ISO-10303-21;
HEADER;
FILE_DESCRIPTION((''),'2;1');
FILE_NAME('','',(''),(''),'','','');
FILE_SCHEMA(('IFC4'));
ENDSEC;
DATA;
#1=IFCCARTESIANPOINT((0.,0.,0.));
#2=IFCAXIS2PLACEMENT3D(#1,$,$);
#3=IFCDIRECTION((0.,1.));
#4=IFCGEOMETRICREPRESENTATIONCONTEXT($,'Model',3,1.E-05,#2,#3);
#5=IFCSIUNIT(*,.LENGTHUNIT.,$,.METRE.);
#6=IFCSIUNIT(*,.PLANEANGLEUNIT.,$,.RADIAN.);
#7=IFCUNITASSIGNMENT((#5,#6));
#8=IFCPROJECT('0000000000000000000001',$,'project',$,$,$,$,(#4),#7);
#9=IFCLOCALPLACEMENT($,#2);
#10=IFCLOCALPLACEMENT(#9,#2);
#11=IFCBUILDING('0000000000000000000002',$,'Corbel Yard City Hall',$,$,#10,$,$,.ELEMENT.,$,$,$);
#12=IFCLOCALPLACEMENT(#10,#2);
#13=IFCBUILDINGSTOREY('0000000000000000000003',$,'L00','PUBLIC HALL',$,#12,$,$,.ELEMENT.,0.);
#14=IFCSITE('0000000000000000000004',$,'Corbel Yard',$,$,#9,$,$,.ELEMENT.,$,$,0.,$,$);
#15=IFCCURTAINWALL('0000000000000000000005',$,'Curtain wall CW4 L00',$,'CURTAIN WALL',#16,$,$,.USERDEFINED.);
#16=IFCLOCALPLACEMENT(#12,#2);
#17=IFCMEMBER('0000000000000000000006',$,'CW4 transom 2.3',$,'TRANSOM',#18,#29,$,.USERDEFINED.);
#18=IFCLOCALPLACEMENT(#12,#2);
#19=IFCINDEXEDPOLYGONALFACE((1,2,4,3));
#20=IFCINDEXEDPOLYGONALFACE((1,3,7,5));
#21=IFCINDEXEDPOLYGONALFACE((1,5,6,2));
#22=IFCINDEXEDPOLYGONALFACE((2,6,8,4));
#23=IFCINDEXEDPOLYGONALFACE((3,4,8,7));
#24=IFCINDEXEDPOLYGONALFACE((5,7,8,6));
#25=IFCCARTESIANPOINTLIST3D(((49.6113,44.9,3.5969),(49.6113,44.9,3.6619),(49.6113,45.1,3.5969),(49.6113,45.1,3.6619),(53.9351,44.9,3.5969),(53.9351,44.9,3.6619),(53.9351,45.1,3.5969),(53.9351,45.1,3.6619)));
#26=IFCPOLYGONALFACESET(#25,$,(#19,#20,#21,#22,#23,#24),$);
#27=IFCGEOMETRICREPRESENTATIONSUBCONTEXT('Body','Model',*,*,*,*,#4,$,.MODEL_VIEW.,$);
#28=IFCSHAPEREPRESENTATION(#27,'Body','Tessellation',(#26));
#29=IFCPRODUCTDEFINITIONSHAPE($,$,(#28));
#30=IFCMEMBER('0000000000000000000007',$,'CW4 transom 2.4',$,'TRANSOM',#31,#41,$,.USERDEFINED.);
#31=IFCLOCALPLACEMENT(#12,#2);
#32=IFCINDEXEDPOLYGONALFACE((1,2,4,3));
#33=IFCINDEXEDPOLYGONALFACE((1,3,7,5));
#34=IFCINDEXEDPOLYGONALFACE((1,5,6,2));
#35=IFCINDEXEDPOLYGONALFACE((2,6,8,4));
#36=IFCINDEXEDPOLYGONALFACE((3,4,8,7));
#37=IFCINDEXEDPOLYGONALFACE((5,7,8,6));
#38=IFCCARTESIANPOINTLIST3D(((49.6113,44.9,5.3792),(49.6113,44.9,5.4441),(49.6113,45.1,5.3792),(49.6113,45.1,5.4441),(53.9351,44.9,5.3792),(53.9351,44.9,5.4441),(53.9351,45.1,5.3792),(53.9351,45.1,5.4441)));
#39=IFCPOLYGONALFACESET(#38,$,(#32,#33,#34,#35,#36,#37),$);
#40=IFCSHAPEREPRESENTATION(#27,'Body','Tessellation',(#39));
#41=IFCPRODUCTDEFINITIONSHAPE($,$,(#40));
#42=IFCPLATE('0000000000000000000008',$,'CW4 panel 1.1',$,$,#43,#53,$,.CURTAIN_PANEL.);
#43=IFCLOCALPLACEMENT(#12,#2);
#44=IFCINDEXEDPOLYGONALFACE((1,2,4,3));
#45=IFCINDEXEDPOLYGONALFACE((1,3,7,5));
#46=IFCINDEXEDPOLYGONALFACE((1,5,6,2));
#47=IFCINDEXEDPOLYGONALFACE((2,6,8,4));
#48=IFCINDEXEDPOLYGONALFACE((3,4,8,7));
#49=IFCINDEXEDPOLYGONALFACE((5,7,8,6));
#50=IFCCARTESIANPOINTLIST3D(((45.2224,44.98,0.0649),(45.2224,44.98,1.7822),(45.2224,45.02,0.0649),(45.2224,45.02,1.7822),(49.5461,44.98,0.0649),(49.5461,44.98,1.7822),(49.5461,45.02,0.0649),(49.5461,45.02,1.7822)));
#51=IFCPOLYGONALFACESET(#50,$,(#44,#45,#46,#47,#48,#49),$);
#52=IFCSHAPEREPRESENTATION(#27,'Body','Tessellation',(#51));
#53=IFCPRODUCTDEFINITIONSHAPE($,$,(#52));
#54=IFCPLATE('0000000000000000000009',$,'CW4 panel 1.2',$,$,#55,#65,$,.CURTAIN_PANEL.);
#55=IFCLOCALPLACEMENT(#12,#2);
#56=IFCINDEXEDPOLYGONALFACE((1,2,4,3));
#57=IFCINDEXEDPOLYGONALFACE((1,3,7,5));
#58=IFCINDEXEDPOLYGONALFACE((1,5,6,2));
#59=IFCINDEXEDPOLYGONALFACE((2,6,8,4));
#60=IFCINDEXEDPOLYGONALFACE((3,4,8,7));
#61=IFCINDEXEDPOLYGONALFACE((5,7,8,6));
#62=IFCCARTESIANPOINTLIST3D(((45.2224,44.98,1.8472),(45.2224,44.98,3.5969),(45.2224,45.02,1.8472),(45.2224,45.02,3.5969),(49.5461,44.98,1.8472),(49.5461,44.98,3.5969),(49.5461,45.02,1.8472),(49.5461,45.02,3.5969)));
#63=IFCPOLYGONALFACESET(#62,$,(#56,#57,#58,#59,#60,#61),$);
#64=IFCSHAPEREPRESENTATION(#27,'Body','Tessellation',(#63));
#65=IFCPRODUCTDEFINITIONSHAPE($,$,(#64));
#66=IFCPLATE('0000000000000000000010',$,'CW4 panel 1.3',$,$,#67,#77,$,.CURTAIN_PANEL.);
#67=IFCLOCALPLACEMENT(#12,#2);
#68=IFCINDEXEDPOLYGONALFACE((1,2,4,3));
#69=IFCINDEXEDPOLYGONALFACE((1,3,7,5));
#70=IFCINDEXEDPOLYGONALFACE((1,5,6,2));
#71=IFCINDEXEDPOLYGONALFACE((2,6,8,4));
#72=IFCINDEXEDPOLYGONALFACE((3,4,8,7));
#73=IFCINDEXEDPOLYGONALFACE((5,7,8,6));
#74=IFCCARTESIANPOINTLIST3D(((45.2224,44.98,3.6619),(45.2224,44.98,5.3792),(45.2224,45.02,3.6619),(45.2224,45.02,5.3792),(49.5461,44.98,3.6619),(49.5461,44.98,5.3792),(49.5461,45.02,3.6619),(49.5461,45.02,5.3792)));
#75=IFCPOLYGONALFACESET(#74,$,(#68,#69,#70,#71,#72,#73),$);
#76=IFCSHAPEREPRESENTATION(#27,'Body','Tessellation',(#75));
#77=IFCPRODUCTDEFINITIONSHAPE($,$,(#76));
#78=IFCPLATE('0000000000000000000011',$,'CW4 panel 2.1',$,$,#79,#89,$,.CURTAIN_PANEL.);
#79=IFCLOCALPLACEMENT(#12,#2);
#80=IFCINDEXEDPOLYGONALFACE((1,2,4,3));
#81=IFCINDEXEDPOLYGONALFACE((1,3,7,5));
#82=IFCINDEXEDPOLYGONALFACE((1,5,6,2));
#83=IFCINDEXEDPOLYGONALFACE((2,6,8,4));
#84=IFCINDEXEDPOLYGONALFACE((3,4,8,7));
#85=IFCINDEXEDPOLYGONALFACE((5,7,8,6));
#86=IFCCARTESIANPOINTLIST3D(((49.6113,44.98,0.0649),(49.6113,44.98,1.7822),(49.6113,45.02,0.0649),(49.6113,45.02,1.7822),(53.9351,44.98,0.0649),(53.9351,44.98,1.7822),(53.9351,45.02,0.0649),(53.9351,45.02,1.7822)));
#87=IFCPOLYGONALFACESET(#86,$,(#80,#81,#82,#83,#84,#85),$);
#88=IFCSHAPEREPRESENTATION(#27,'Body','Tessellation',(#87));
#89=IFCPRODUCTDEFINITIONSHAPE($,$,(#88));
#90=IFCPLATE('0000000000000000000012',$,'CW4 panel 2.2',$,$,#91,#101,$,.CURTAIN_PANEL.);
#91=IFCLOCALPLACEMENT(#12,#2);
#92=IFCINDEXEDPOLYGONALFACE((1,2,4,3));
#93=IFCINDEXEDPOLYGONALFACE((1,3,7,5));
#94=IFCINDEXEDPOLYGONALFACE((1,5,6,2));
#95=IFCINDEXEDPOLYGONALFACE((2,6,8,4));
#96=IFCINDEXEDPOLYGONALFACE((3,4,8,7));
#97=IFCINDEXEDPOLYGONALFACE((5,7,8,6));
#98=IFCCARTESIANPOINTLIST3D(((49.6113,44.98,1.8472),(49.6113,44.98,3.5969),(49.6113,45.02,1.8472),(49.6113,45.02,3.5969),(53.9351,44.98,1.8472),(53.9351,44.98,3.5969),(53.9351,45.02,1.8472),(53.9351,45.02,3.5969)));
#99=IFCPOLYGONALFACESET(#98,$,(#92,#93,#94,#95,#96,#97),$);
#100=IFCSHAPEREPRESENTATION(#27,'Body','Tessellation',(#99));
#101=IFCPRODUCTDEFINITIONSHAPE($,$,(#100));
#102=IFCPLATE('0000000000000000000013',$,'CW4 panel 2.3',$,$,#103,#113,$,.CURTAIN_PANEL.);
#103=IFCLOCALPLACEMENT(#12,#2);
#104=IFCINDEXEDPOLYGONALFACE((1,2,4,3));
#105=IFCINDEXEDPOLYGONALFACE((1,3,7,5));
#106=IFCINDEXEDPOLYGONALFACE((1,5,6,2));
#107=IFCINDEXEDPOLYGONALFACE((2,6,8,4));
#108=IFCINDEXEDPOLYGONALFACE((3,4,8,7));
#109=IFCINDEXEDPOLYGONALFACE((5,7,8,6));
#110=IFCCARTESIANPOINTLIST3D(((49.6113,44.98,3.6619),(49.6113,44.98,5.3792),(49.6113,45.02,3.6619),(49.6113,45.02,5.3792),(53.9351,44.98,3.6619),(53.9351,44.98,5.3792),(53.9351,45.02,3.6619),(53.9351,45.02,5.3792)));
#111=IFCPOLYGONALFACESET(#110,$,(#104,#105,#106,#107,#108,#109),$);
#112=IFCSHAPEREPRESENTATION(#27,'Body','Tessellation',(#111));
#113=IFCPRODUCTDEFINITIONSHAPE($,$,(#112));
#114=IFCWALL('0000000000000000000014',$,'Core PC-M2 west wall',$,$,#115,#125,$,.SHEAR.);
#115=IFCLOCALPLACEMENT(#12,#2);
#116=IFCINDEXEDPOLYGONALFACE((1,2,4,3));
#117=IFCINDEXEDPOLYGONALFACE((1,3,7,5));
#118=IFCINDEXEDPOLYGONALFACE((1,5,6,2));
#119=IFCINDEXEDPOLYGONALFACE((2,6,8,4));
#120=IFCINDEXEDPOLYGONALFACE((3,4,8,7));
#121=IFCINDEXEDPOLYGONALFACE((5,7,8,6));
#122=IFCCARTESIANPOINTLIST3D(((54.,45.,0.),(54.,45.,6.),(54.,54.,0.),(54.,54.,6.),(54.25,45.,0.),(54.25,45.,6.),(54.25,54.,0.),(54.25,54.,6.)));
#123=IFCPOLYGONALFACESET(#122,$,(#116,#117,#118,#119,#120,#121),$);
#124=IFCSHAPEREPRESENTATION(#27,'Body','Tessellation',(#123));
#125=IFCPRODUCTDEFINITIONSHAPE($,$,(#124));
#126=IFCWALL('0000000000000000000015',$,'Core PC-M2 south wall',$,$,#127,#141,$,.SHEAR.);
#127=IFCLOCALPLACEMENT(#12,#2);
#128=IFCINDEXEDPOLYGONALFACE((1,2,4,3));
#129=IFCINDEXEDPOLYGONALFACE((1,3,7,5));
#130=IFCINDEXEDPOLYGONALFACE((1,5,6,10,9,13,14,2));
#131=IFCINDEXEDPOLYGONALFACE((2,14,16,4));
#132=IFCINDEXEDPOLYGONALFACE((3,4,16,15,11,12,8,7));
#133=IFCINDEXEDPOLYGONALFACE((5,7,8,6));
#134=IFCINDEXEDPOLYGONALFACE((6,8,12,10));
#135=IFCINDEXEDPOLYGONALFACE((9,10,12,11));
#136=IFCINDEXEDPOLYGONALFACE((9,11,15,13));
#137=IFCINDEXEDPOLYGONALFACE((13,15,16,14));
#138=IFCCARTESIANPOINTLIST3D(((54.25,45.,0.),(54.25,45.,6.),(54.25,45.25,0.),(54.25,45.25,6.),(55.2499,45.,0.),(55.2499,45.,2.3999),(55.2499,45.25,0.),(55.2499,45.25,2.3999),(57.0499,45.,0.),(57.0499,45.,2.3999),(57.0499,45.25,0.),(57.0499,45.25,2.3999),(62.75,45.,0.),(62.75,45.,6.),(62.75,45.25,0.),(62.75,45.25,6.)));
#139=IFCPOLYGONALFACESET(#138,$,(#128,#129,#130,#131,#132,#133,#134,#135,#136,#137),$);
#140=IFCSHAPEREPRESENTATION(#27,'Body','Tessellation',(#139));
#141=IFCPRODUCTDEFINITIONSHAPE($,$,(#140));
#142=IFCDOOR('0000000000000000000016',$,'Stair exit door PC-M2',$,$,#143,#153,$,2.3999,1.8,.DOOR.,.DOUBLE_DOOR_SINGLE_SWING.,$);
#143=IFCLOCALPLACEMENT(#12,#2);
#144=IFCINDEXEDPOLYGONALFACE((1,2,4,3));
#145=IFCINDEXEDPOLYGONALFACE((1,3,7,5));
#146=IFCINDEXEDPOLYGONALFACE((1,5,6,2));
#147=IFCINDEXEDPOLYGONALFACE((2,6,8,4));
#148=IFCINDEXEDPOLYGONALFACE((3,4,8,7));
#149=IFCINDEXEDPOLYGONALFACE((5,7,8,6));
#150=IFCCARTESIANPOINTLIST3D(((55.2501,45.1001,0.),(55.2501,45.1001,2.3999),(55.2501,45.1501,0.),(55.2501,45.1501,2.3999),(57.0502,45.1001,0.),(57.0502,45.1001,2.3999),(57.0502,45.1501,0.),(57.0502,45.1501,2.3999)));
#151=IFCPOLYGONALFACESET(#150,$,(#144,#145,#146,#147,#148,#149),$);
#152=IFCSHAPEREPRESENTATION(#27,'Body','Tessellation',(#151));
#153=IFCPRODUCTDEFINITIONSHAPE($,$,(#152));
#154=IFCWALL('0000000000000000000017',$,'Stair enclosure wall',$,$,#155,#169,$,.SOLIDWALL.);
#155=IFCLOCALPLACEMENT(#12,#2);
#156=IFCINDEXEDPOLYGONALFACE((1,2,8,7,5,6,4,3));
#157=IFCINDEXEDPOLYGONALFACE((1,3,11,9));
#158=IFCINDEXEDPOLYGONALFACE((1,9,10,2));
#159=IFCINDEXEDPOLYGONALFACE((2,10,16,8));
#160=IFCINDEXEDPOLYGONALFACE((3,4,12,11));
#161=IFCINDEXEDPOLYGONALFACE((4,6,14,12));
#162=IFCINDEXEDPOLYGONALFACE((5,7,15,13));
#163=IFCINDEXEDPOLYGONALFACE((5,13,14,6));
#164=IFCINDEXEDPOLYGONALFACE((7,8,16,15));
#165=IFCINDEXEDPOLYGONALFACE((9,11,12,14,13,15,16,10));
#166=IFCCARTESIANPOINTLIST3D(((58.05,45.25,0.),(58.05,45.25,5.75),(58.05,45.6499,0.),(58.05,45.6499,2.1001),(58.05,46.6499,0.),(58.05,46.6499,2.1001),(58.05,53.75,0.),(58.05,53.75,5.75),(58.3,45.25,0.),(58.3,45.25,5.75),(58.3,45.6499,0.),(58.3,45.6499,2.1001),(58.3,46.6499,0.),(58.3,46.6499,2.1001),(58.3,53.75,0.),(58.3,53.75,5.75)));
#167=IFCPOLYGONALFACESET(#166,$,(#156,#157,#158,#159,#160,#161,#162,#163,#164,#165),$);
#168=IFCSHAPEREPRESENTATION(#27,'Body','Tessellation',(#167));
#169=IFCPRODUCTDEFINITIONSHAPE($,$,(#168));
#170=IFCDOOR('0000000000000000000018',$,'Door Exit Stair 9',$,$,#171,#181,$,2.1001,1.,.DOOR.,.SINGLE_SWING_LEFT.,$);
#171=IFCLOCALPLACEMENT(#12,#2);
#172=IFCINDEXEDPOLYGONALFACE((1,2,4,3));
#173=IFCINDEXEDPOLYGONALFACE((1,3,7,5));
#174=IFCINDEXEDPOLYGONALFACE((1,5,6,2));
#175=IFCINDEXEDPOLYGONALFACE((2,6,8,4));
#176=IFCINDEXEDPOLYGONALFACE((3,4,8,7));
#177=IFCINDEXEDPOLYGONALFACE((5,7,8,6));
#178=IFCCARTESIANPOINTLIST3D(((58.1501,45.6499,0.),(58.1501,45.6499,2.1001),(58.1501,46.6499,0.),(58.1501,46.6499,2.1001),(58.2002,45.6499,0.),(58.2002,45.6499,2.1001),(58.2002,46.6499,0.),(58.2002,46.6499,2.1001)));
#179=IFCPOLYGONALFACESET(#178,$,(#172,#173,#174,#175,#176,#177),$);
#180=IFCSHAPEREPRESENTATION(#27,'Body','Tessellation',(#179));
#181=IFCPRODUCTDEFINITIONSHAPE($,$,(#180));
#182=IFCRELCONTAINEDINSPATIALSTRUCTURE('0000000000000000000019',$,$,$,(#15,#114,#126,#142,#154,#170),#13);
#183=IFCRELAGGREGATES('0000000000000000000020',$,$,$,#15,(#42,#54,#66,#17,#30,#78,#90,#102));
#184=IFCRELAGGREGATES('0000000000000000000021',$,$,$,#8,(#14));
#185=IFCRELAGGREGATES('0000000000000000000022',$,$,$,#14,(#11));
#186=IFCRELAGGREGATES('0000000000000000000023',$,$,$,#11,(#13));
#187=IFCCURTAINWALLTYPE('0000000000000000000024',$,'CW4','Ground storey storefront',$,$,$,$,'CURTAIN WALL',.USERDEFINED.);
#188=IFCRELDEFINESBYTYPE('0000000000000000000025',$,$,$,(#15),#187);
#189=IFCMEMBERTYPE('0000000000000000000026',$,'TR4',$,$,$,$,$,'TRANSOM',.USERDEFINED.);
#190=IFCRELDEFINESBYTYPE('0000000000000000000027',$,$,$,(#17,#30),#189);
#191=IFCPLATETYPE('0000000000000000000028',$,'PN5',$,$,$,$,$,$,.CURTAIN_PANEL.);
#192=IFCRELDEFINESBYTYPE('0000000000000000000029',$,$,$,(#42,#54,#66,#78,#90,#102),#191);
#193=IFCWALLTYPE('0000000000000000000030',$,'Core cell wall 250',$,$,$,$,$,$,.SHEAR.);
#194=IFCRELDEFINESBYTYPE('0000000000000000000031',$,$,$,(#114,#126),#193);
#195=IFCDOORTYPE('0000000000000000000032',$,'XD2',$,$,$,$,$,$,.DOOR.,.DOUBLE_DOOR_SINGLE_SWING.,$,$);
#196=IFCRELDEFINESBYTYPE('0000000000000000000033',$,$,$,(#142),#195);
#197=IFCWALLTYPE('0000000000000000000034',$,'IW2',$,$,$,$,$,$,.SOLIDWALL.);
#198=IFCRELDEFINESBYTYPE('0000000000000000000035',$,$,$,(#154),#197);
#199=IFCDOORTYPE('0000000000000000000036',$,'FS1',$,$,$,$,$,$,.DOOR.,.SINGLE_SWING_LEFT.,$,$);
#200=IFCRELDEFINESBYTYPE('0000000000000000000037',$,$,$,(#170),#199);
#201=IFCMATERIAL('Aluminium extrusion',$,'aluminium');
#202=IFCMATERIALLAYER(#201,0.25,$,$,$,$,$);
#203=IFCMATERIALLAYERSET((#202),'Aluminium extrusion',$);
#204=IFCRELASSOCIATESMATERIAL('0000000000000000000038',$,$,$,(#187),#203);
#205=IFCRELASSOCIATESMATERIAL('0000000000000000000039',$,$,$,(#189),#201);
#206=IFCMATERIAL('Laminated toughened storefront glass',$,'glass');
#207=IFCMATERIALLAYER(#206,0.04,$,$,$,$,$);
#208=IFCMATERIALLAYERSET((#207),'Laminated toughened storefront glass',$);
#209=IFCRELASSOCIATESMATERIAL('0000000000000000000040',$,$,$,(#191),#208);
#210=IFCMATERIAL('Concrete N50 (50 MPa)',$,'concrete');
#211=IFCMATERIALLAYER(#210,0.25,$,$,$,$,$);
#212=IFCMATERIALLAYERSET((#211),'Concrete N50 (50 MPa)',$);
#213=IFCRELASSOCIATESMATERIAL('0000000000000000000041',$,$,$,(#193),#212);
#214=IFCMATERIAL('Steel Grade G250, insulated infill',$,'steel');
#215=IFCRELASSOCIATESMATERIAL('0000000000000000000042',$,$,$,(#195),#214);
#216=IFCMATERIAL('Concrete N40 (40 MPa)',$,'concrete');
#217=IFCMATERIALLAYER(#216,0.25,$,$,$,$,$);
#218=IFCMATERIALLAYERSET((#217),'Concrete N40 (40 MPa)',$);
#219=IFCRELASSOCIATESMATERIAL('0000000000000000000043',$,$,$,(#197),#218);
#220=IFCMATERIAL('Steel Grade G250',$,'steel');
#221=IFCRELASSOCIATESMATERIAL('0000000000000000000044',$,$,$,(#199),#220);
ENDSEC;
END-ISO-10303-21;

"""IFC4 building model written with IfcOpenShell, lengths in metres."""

from ifc_helpers import new_model, si_unit, direction, frame, frame_2d, origin, origin_2d, place, context, subcontext, project, spatial, rectangle, extrude, material, layer, layer_set, material_profile, profile_set, type_object, element, fill, aggregate, save


model = new_model("IFC4")

# Units and contexts
model_context = context("Model", 3, precision=1e-05, world=origin(), true_north=direction((0.0, 1.0)))
body_context = subcontext(model_context, "Body", "Model", "MODEL_VIEW")
ifc_project = project(units=[si_unit("LENGTHUNIT", "METRE"), si_unit("PLANEANGLEUNIT", "RADIAN")], contexts=[model_context])

# Site, building, storey
site_placement = place(None, origin())
site = spatial("IfcSite", under=ifc_project, at=site_placement, Name="Corbel Yard", CompositionType="ELEMENT", RefElevation=0.0)
building_placement = place(site_placement, origin())
building = spatial("IfcBuilding", under=site, at=building_placement, Name="Corbel Yard City Hall", CompositionType="ELEMENT")
storey_placement = place(building_placement, origin())
storey = spatial("IfcBuildingStorey", under=building, at=storey_placement, Name="L00", Description="PUBLIC HALL", CompositionType="ELEMENT", Elevation=0.0)

# Shared definitions
ifc_material_1 = material(Name="Concrete N40 (40 MPa)", Category="concrete")

# Curtain wall, members, plates
ifc_material_2 = material(Name="Aluminium extrusion", Category="aluminium")
ifc_layer_1 = layer(ifc_material_2, 0.25)
ifc_layer_set_1 = layer_set([ifc_layer_1], Name="Aluminium extrusion")
curtain_wall_type = type_object("IfcCurtainWallType", Name="CW4", Description="Ground storey storefront", ElementType="CURTAIN WALL", PredefinedType="USERDEFINED", material=ifc_layer_set_1)
curtain_wall_placement = place(storey_placement, origin())
curtain_wall = element("IfcCurtainWall", 1, at=curtain_wall_placement, inside=storey, type_object=curtain_wall_type, Name="Curtain wall CW4 L00", ObjectType="CURTAIN WALL", PredefinedType="USERDEFINED")
ifc_material_profile_1 = material_profile(ifc_material_2, rectangle(XDim=0.2, YDim=0.0649, at=origin_2d()), Name="200x65")
ifc_profile_set_1 = profile_set([ifc_material_profile_1], Name="Aluminium extrusion")
member_type_1 = type_object("IfcMemberType", Name="TR4", ElementType="TRANSOM", PredefinedType="USERDEFINED", material=ifc_profile_set_1)
member_1_placement = place(storey_placement, frame((49.6113, 45.0, 3.6294), z_axis=(1.0, 0.0, 0.0), x_axis=(0.0, 1.0, 0.0)))
member_1 = element("IfcMember", 2, at=member_1_placement, type_object=member_type_1, Name="CW4 transom 2.3", ObjectType="TRANSOM", PredefinedType="USERDEFINED", context=body_context, shape_type="SweptSolid", body=[
    extrude(rectangle(XDim=0.2, YDim=0.0649, at=origin_2d()), origin(), (0.0, 0.0, 1.0), 4.3237),
])
member_2_placement = place(storey_placement, frame((49.6113, 45.0, 5.4116), z_axis=(1.0, 0.0, 0.0), x_axis=(0.0, 1.0, 0.0)))
member_2 = element("IfcMember", 3, at=member_2_placement, type_object=member_type_1, Name="CW4 transom 2.4", ObjectType="TRANSOM", PredefinedType="USERDEFINED", context=body_context, shape_type="SweptSolid", body=[
    extrude(rectangle(XDim=0.2, YDim=0.0649, at=origin_2d()), origin(), (0.0, 0.0, 1.0), 4.3237),
])
ifc_material_3 = material(Name="Laminated toughened storefront glass", Category="glass")
ifc_layer_2 = layer(ifc_material_3, 0.04)
ifc_layer_set_2 = layer_set([ifc_layer_2], Name="Laminated toughened storefront glass")
plate_type = type_object("IfcPlateType", Name="PN5", PredefinedType="CURTAIN_PANEL", material=ifc_layer_set_2)
plate_1_placement = place(storey_placement, frame((47.3843, 45.0, 0.0649), z_axis=(0.0, 0.0, 1.0), x_axis=(1.0, 0.0, 0.0)))
plate_1 = element("IfcPlate", 4, at=plate_1_placement, type_object=plate_type, Name="CW4 panel 1.1", PredefinedType="CURTAIN_PANEL", context=body_context, shape_type="SweptSolid", body=[
    extrude(rectangle(XDim=4.3237, YDim=0.04, at=origin_2d()), origin(), (0.0, 0.0, 1.0), 1.7173),
])
plate_2_placement = place(storey_placement, frame((47.3843, 45.0, 1.8472), z_axis=(0.0, 0.0, 1.0), x_axis=(1.0, 0.0, 0.0)))
plate_2 = element("IfcPlate", 5, at=plate_2_placement, type_object=plate_type, Name="CW4 panel 1.2", PredefinedType="CURTAIN_PANEL", context=body_context, shape_type="SweptSolid", body=[
    extrude(rectangle(XDim=4.3237, YDim=0.04, at=origin_2d()), origin(), (0.0, 0.0, 1.0), 1.7498),
])
plate_3_placement = place(storey_placement, frame((47.3843, 45.0, 3.6619), z_axis=(0.0, 0.0, 1.0), x_axis=(1.0, 0.0, 0.0)))
plate_3 = element("IfcPlate", 6, at=plate_3_placement, type_object=plate_type, Name="CW4 panel 1.3", PredefinedType="CURTAIN_PANEL", context=body_context, shape_type="SweptSolid", body=[
    extrude(rectangle(XDim=4.3237, YDim=0.04, at=origin_2d()), origin(), (0.0, 0.0, 1.0), 1.7173),
])
plate_4_placement = place(storey_placement, frame((51.7732, 45.0, 0.0649), z_axis=(0.0, 0.0, 1.0), x_axis=(1.0, 0.0, 0.0)))
plate_4 = element("IfcPlate", 7, at=plate_4_placement, type_object=plate_type, Name="CW4 panel 2.1", PredefinedType="CURTAIN_PANEL", context=body_context, shape_type="SweptSolid", body=[
    extrude(rectangle(XDim=4.3237, YDim=0.04, at=origin_2d()), origin(), (0.0, 0.0, 1.0), 1.7173),
])
plate_5_placement = place(storey_placement, frame((51.7732, 45.0, 1.8472), z_axis=(0.0, 0.0, 1.0), x_axis=(1.0, 0.0, 0.0)))
plate_5 = element("IfcPlate", 8, at=plate_5_placement, type_object=plate_type, Name="CW4 panel 2.2", PredefinedType="CURTAIN_PANEL", context=body_context, shape_type="SweptSolid", body=[
    extrude(rectangle(XDim=4.3237, YDim=0.04, at=origin_2d()), origin(), (0.0, 0.0, 1.0), 1.7498),
])
plate_6_placement = place(storey_placement, frame((51.7732, 45.0, 3.6619), z_axis=(0.0, 0.0, 1.0), x_axis=(1.0, 0.0, 0.0)))
plate_6 = element("IfcPlate", 9, at=plate_6_placement, type_object=plate_type, Name="CW4 panel 2.3", PredefinedType="CURTAIN_PANEL", context=body_context, shape_type="SweptSolid", body=[
    extrude(rectangle(XDim=4.3237, YDim=0.04, at=origin_2d()), origin(), (0.0, 0.0, 1.0), 1.7173),
])
aggregate(curtain_wall, [plate_1, plate_2, plate_3, member_1, member_2, plate_4, plate_5, plate_6])

# Wall
ifc_material_4 = material(Name="Concrete N50 (50 MPa)", Category="concrete")
ifc_layer_3 = layer(ifc_material_4, 0.25)
ifc_layer_set_3 = layer_set([ifc_layer_3], Name="Concrete N50 (50 MPa)")
wall_type_1 = type_object("IfcWallType", Name="Core cell wall 250", PredefinedType="SHEAR", material=ifc_layer_set_3)
wall_1_placement = place(storey_placement, frame((54.125, 45.0, 0.0), z_axis=(0.0, 0.0, 1.0), x_axis=(0.0, 1.0, 0.0)))
element("IfcWall", 10, at=wall_1_placement, inside=storey, type_object=wall_type_1, Name="Core PC-M2 west wall", PredefinedType="SHEAR", context=body_context, shape_type="SweptSolid", body=[
    extrude(rectangle(XDim=9.0, YDim=0.25, at=frame_2d((4.5, 0.0))), origin(), (0.0, 0.0, 1.0), 6.0),
])

# Walls, openings, doors
wall_2_placement = place(storey_placement, frame((54.25, 45.125, 0.0), z_axis=(0.0, 0.0, 1.0), x_axis=(1.0, 0.0, 0.0)))
wall_2 = element("IfcWall", 11, at=wall_2_placement, inside=storey, type_object=wall_type_1, Name="Core PC-M2 south wall", PredefinedType="SHEAR", context=body_context, shape_type="SweptSolid", body=[
    extrude(rectangle(XDim=8.5, YDim=0.25, at=frame_2d((4.25, 0.0))), origin(), (0.0, 0.0, 1.0), 6.0),
])
opening_1_placement = place(wall_2_placement, frame((1.0, 0.0, 0.0)))
opening_1 = element("IfcOpeningElement", 12, at=opening_1_placement, cuts=wall_2, PredefinedType="OPENING", context=body_context, shape_type="SweptSolid", body=[
    extrude(rectangle(XDim=1.8, YDim=2.3999, at=frame_2d((0.8999, 1.2))), frame((0.0, 0.135, 0.0), z_axis=(0.0, -1.0, 0.0), x_axis=(1.0, 0.0, 0.0)), (0.0, 0.0, 1.0), 0.27),
])
ifc_material_5 = material(Name="Steel Grade G250, insulated infill", Category="steel")
door_type_1 = type_object("IfcDoorType", Name="XD2", OperationType="DOUBLE_DOOR_SINGLE_SWING", PredefinedType="DOOR", material=ifc_material_5)
door_1_placement = place(opening_1_placement, frame((1.8, 0.0, 0.0), z_axis=(0.0, 0.0, 1.0), x_axis=(-1.0, 0.0, 0.0)))
door_1 = element("IfcDoor", 13, at=door_1_placement, inside=storey, type_object=door_type_1, Name="Stair exit door PC-M2", OperationType="DOUBLE_DOOR_SINGLE_SWING", OverallHeight=2.3999, OverallWidth=1.8, PredefinedType="DOOR", context=body_context, shape_type="SweptSolid", body=[
    extrude(rectangle(XDim=1.8, YDim=2.3999, at=frame_2d((0.8999, 1.2))), frame((0.0, 0.0249, 0.0), z_axis=(0.0, -1.0, 0.0), x_axis=(1.0, 0.0, 0.0)), (0.0, 0.0, 1.0), 0.05),
])
fill(opening_1, door_1)
ifc_layer_4 = layer(ifc_material_1, 0.25)
ifc_layer_set_4 = layer_set([ifc_layer_4], Name="Concrete N40 (40 MPa)")
wall_type_2 = type_object("IfcWallType", Name="IW2", PredefinedType="SOLIDWALL", material=ifc_layer_set_4)
wall_3_placement = place(storey_placement, frame((58.175, 45.25, 0.0), z_axis=(0.0, 0.0, 1.0), x_axis=(0.0, 1.0, 0.0)))
wall_3 = element("IfcWall", 14, at=wall_3_placement, inside=storey, type_object=wall_type_2, Name="Stair enclosure wall", PredefinedType="SOLIDWALL", context=body_context, shape_type="SweptSolid", body=[
    extrude(rectangle(XDim=8.5, YDim=0.25, at=frame_2d((4.25, 0.0))), origin(), (0.0, 0.0, 1.0), 5.75),
])
opening_2_placement = place(wall_3_placement, frame((0.3999, 0.0, 0.0)))
opening_2 = element("IfcOpeningElement", 15, at=opening_2_placement, cuts=wall_3, PredefinedType="OPENING", context=body_context, shape_type="SweptSolid", body=[
    extrude(rectangle(XDim=1.0, YDim=2.1001, at=frame_2d((0.5, 1.05))), frame((0.0, 0.135, 0.0), z_axis=(0.0, -1.0, 0.0), x_axis=(1.0, 0.0, 0.0)), (0.0, 0.0, 1.0), 0.27),
])
ifc_material_6 = material(Name="Steel Grade G250", Category="steel")
door_type_2 = type_object("IfcDoorType", Name="FS1", OperationType="SINGLE_SWING_LEFT", PredefinedType="DOOR", material=ifc_material_6)
door_2_placement = place(opening_2_placement, origin())
door_2 = element("IfcDoor", 16, at=door_2_placement, inside=storey, type_object=door_type_2, Name="Door Exit Stair 9", OperationType="SINGLE_SWING_LEFT", OverallHeight=2.1001, OverallWidth=1.0, PredefinedType="DOOR", context=body_context, shape_type="SweptSolid", body=[
    extrude(rectangle(XDim=1.0, YDim=2.1001, at=frame_2d((0.5, 1.05))), frame((0.0, 0.0249, 0.0), z_axis=(0.0, -1.0, 0.0), x_axis=(1.0, 0.0, 0.0)), (0.0, 0.0, 1.0), 0.05),
])
fill(opening_2, door_2)

save(model, "model.ifc")
